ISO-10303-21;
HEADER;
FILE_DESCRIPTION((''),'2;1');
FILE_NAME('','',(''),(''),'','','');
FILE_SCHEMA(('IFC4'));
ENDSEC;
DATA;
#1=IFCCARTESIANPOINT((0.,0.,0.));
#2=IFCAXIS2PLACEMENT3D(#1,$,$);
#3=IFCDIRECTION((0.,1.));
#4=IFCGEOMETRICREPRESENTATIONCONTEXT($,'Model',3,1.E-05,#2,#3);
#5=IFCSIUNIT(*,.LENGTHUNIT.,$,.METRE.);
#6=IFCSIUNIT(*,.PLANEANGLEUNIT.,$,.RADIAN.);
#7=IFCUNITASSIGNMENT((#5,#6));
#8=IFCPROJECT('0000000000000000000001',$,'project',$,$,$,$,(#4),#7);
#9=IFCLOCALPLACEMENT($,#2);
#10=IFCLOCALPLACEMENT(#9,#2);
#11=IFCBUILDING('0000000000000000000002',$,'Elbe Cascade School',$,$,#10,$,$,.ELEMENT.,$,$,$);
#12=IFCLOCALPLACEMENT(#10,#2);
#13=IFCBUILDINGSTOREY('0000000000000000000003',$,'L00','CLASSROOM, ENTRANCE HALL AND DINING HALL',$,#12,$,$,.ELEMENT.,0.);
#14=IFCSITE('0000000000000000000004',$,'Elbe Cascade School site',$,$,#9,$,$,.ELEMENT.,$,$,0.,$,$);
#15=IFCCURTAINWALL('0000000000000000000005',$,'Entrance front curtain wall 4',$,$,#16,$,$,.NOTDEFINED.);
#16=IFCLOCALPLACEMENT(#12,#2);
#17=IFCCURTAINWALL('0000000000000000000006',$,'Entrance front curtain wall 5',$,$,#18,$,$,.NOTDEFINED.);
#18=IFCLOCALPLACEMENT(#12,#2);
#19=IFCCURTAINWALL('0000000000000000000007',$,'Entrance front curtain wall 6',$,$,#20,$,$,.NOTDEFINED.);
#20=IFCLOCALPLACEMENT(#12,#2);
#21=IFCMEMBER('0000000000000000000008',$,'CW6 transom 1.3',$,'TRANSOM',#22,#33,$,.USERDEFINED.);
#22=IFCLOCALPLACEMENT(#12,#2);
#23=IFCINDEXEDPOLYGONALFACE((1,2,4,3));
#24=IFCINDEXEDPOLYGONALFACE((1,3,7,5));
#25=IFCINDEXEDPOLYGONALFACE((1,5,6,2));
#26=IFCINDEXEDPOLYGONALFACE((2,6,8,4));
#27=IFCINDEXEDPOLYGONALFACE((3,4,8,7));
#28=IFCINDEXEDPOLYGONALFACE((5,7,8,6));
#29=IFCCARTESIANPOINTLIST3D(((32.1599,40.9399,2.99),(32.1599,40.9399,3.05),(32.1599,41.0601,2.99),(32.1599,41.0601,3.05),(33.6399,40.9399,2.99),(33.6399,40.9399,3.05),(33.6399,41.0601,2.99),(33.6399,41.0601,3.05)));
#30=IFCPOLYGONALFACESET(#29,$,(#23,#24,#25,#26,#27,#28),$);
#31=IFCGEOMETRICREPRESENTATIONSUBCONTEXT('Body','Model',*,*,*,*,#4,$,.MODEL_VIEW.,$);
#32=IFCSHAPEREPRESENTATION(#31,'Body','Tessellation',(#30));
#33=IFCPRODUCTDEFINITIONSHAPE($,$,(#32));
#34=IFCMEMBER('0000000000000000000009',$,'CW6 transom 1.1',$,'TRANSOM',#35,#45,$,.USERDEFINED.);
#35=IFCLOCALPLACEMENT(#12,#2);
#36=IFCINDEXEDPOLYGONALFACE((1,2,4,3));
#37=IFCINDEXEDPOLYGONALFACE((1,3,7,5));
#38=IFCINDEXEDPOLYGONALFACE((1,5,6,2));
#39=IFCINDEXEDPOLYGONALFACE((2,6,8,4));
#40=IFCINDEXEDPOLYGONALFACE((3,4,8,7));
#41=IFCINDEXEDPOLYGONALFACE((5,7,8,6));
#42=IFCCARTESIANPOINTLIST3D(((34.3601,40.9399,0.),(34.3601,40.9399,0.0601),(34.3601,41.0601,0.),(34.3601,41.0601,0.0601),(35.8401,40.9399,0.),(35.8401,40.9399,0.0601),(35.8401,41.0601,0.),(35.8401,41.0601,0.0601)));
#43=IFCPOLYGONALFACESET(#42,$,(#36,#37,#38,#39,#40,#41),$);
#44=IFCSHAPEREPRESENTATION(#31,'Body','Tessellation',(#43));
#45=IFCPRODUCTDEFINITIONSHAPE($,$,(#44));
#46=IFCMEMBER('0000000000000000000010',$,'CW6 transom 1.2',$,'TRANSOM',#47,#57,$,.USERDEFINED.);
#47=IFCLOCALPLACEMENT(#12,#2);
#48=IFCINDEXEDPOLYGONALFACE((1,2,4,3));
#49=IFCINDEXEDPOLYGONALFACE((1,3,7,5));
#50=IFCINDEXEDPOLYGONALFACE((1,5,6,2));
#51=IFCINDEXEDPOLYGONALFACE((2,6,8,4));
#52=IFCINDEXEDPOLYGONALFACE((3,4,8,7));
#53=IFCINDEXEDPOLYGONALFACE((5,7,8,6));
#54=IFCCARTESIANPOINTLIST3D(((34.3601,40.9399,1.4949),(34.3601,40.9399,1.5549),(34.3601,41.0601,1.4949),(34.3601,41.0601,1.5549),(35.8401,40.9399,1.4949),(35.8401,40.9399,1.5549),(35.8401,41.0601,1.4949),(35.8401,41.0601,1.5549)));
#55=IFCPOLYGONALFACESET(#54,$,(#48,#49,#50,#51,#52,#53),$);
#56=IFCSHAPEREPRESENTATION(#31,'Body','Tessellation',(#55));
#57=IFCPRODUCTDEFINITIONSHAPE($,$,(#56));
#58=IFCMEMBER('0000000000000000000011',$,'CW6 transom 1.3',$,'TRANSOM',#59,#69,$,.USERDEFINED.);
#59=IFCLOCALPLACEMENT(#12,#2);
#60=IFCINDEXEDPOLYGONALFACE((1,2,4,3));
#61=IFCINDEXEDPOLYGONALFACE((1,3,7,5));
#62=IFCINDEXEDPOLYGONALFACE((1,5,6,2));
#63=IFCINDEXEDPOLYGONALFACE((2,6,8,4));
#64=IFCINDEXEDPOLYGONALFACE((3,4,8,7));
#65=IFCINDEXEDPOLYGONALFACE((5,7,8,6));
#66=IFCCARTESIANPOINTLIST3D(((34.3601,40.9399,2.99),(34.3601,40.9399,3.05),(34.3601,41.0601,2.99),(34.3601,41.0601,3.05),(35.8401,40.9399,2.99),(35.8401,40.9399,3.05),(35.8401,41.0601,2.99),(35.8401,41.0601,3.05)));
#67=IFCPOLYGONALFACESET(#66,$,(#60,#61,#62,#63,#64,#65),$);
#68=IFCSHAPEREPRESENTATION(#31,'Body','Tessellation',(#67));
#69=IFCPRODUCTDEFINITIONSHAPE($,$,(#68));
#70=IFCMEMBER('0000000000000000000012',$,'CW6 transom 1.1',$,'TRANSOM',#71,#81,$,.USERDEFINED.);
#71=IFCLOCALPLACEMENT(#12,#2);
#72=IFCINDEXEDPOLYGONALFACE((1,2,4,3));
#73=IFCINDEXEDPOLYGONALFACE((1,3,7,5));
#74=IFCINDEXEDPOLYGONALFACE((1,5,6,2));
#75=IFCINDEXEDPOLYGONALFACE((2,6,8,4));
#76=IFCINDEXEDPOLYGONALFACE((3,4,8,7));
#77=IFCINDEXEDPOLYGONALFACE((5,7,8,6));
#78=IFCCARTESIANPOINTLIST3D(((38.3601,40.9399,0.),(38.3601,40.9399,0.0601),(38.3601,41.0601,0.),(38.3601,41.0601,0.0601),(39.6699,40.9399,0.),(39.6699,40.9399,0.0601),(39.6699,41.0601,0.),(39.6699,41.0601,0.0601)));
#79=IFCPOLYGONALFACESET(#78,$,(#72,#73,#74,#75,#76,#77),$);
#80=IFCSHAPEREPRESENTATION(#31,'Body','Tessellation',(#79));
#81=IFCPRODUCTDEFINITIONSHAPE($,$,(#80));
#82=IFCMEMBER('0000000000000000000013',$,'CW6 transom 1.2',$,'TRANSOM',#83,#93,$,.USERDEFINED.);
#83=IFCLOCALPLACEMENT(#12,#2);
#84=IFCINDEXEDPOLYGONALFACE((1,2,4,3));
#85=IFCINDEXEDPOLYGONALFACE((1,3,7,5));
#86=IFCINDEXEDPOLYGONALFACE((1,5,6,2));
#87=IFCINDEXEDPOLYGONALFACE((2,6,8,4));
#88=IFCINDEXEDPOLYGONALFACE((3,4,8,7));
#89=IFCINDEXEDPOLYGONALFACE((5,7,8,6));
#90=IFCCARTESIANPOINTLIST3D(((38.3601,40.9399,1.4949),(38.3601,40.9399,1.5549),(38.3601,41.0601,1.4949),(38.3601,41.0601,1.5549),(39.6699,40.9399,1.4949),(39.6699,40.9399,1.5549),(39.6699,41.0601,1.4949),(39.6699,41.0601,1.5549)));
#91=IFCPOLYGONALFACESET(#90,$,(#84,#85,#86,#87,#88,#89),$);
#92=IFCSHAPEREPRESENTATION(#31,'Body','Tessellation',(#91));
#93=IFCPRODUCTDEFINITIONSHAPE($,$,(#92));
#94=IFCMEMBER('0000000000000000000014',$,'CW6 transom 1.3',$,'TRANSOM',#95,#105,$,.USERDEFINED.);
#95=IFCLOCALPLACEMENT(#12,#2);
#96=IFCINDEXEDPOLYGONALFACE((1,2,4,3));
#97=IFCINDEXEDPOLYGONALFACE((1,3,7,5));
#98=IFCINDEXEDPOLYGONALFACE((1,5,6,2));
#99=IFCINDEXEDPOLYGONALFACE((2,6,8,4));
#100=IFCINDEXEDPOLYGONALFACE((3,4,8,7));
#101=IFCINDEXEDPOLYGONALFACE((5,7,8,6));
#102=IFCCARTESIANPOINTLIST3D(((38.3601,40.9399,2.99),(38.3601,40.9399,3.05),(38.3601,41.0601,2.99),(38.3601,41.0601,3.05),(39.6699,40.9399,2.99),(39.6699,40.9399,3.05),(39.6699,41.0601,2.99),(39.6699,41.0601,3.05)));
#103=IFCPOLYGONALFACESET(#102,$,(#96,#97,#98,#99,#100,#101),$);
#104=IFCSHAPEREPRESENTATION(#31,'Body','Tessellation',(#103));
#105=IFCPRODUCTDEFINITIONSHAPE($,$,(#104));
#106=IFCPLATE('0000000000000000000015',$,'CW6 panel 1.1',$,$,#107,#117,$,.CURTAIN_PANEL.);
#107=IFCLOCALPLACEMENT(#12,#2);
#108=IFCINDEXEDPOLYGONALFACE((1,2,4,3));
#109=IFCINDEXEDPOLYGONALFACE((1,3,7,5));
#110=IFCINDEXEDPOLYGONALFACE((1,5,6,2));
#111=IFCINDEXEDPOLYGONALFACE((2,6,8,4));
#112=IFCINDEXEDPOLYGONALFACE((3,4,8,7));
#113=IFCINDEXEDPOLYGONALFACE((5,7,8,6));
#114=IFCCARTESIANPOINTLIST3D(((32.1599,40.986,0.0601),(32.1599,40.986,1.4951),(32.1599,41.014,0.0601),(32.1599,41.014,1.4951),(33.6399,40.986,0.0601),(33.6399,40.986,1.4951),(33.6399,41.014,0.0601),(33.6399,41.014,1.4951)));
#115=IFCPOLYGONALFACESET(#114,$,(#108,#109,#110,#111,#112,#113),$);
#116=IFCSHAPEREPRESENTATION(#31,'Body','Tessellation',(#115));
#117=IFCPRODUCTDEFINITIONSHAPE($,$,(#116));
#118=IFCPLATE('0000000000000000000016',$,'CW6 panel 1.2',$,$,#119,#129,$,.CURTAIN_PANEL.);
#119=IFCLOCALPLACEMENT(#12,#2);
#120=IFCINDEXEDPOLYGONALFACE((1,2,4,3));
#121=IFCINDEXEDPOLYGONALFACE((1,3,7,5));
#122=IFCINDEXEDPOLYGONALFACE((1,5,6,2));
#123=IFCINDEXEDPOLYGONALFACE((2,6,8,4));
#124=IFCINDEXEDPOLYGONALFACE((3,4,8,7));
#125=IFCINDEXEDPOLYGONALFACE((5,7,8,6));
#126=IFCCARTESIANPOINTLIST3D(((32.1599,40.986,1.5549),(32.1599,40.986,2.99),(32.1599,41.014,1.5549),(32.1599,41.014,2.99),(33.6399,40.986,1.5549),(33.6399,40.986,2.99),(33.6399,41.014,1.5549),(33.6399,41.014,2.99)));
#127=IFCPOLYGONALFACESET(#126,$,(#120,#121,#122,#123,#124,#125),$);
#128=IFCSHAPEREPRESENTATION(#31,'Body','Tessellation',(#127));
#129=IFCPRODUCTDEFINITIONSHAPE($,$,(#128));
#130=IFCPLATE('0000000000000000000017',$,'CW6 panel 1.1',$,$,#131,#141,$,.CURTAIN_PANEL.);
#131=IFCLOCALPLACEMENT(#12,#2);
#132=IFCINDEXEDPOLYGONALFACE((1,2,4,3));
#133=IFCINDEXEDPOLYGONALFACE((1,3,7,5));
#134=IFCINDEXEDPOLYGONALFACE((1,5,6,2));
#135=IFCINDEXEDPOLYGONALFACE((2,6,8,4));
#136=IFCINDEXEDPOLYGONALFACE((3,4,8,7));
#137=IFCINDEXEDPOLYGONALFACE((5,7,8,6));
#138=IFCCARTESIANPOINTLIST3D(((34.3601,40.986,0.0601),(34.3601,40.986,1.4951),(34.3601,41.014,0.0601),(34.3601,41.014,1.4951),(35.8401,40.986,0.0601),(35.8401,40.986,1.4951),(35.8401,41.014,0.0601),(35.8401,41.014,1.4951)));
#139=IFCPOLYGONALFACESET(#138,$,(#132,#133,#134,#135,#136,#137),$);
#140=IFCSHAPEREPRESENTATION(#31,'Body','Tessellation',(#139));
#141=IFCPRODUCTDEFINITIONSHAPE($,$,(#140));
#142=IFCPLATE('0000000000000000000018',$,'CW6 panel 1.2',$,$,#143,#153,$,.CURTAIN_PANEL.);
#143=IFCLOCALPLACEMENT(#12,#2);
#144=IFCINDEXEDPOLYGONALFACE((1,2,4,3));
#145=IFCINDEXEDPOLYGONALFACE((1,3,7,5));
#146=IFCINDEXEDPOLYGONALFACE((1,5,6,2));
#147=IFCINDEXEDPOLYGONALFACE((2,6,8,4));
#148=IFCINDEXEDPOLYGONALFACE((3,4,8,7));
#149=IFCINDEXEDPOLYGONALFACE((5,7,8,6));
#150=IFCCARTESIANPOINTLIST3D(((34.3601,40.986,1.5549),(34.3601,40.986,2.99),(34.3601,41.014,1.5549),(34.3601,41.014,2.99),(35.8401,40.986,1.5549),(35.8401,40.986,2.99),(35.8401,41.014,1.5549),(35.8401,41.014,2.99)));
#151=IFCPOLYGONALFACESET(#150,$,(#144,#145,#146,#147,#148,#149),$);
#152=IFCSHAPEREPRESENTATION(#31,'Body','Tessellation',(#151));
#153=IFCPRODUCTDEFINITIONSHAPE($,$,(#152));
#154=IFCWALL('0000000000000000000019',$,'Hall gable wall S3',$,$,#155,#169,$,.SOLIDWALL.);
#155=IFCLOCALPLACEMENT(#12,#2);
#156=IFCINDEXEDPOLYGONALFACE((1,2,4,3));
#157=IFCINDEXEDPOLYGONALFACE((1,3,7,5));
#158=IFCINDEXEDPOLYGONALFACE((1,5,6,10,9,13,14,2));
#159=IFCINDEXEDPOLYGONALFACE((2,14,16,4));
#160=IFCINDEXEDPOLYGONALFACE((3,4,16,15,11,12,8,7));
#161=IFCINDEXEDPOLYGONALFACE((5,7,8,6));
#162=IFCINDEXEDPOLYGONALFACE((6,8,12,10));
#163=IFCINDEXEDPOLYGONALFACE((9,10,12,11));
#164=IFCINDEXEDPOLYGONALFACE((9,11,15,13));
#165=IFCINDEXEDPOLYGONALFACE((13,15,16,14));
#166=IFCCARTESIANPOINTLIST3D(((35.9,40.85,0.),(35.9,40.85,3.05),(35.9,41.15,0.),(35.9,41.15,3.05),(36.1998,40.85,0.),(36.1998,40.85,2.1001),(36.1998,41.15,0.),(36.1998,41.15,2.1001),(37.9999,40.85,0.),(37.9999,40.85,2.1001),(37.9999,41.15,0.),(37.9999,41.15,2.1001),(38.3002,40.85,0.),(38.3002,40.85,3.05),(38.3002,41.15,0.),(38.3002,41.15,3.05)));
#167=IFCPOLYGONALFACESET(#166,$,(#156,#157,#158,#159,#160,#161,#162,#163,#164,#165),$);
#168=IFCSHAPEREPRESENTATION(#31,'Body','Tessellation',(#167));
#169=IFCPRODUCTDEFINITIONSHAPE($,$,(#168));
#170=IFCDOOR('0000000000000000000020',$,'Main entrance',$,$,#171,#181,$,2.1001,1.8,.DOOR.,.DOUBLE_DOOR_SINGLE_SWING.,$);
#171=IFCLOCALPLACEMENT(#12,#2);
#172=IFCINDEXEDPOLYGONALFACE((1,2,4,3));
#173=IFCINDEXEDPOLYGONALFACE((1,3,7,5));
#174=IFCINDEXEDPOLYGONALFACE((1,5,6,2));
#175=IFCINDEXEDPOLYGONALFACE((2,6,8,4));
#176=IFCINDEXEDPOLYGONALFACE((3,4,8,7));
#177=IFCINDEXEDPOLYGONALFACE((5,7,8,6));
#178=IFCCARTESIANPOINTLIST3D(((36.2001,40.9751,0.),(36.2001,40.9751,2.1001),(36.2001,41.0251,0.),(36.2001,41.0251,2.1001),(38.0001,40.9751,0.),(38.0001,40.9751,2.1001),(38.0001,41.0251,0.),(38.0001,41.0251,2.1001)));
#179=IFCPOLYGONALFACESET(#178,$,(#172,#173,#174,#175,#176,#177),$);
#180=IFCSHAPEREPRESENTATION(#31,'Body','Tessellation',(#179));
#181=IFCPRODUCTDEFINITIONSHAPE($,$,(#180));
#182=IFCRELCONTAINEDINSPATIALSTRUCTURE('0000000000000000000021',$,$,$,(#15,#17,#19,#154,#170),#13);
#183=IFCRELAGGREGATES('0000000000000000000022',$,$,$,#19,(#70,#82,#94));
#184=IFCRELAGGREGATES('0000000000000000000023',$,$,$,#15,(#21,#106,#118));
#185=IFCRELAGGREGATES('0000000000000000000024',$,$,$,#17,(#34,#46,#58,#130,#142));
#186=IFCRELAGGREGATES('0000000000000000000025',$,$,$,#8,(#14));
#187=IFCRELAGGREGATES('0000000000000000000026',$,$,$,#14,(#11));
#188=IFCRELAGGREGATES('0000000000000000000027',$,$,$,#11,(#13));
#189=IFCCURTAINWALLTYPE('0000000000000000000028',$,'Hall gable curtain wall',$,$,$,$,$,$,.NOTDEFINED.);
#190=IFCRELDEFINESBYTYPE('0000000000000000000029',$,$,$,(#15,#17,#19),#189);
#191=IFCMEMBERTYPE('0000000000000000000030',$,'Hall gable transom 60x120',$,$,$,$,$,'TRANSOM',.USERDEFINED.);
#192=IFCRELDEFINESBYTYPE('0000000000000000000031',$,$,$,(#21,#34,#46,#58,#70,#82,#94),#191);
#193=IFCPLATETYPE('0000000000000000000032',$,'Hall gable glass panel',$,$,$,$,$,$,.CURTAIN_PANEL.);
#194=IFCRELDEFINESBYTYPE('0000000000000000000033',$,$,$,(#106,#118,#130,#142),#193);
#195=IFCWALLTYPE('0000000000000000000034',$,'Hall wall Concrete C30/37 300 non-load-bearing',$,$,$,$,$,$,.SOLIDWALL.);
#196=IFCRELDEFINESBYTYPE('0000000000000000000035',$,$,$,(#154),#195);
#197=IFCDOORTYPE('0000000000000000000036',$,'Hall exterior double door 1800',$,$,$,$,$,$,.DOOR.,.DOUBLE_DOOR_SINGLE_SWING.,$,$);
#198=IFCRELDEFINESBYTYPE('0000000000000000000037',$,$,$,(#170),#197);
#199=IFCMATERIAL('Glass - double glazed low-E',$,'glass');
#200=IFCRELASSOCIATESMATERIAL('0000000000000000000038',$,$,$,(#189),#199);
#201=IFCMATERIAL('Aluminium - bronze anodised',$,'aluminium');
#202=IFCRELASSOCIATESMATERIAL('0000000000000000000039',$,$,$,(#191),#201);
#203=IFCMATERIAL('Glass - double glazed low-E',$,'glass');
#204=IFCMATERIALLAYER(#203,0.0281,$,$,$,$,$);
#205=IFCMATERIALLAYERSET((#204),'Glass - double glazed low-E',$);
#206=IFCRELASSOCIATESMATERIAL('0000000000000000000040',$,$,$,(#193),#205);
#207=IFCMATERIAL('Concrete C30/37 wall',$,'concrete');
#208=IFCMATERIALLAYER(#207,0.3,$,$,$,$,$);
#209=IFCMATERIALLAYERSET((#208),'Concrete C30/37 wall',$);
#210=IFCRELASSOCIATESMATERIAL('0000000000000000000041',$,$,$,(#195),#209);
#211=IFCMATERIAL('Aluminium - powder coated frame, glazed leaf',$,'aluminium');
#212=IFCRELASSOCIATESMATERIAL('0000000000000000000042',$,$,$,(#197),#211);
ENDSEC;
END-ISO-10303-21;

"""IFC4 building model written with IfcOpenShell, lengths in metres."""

from ifc_helpers import new_model, si_unit, direction, frame, frame_2d, origin, origin_2d, place, context, subcontext, project, spatial, rectangle, extrude, material, layer, layer_set, material_profile, profile_set, type_object, element, fill, aggregate, save


model = new_model("IFC4")

# Units and contexts
model_context = context("Model", 3, precision=1e-05, world=origin(), true_north=direction((0.0, 1.0)))
body_context = subcontext(model_context, "Body", "Model", "MODEL_VIEW")
ifc_project = project(units=[si_unit("LENGTHUNIT", "METRE"), si_unit("PLANEANGLEUNIT", "RADIAN")], contexts=[model_context])

# Site, building, storey
site_placement = place(None, origin())
site = spatial("IfcSite", under=ifc_project, at=site_placement, Name="Elbe Cascade School site", CompositionType="ELEMENT", RefElevation=0.0)
building_placement = place(site_placement, origin())
building = spatial("IfcBuilding", under=site, at=building_placement, Name="Elbe Cascade School", CompositionType="ELEMENT")
storey_placement = place(building_placement, origin())
storey = spatial("IfcBuildingStorey", under=building, at=storey_placement, Name="L00", Description="CLASSROOM, ENTRANCE HALL AND DINING HALL", CompositionType="ELEMENT", Elevation=0.0)

# Curtain wall
ifc_material_1 = material(Name="Glass - double glazed low-E", Category="glass")
curtain_wall_type = type_object("IfcCurtainWallType", Name="Hall gable curtain wall", PredefinedType="NOTDEFINED", material=ifc_material_1)
curtain_wall_1_placement = place(storey_placement, origin())
curtain_wall_1 = element("IfcCurtainWall", 1, at=curtain_wall_1_placement, inside=storey, type_object=curtain_wall_type, Name="Entrance front curtain wall 4", PredefinedType="NOTDEFINED")

# Curtain wall
curtain_wall_2_placement = place(storey_placement, origin())
curtain_wall_2 = element("IfcCurtainWall", 2, at=curtain_wall_2_placement, inside=storey, type_object=curtain_wall_type, Name="Entrance front curtain wall 5", PredefinedType="NOTDEFINED")

# Curtain wall
curtain_wall_3_placement = place(storey_placement, origin())
curtain_wall_3 = element("IfcCurtainWall", 3, at=curtain_wall_3_placement, inside=storey, type_object=curtain_wall_type, Name="Entrance front curtain wall 6", PredefinedType="NOTDEFINED")

# Members
ifc_material_2 = material(Name="Aluminium - bronze anodised", Category="aluminium")
ifc_material_profile_1 = material_profile(ifc_material_2, rectangle(XDim=0.1201, YDim=0.0601, at=origin_2d()), Name="Alu 60x120")
ifc_profile_set_1 = profile_set([ifc_material_profile_1], Name="Aluminium - bronze anodised")
member_type_1 = type_object("IfcMemberType", Name="Hall gable transom 60x120", ElementType="TRANSOM", PredefinedType="USERDEFINED", material=ifc_profile_set_1)
member_1_placement = place(storey_placement, frame((32.1599, 41.0, 3.02), z_axis=(1.0, 0.0, 0.0), x_axis=(0.0, 1.0, 0.0)))
member_1 = element("IfcMember", 4, at=member_1_placement, type_object=member_type_1, Name="CW6 transom 1.3", ObjectType="TRANSOM", PredefinedType="USERDEFINED", context=body_context, shape_type="SweptSolid", body=[
    extrude(rectangle(XDim=0.1201, YDim=0.0601, at=origin_2d()), origin(), (0.0, 0.0, 1.0), 1.48),
])
member_2_placement = place(storey_placement, frame((34.3601, 41.0, 0.03), z_axis=(1.0, 0.0, 0.0), x_axis=(0.0, 1.0, 0.0)))
member_2 = element("IfcMember", 5, at=member_2_placement, type_object=member_type_1, Name="CW6 transom 1.1", ObjectType="TRANSOM", PredefinedType="USERDEFINED", context=body_context, shape_type="SweptSolid", body=[
    extrude(rectangle(XDim=0.1201, YDim=0.0601, at=origin_2d()), origin(), (0.0, 0.0, 1.0), 1.48),
])
member_3_placement = place(storey_placement, frame((34.3601, 41.0, 1.5249), z_axis=(1.0, 0.0, 0.0), x_axis=(0.0, 1.0, 0.0)))
member_3 = element("IfcMember", 6, at=member_3_placement, type_object=member_type_1, Name="CW6 transom 1.2", ObjectType="TRANSOM", PredefinedType="USERDEFINED", context=body_context, shape_type="SweptSolid", body=[
    extrude(rectangle(XDim=0.1201, YDim=0.0601, at=origin_2d()), origin(), (0.0, 0.0, 1.0), 1.48),
])
member_4_placement = place(storey_placement, frame((34.3601, 41.0, 3.02), z_axis=(1.0, 0.0, 0.0), x_axis=(0.0, 1.0, 0.0)))
member_4 = element("IfcMember", 7, at=member_4_placement, type_object=member_type_1, Name="CW6 transom 1.3", ObjectType="TRANSOM", PredefinedType="USERDEFINED", context=body_context, shape_type="SweptSolid", body=[
    extrude(rectangle(XDim=0.1201, YDim=0.0601, at=origin_2d()), origin(), (0.0, 0.0, 1.0), 1.48),
])
member_5_placement = place(storey_placement, frame((38.3601, 41.0, 0.03), z_axis=(1.0, 0.0, 0.0), x_axis=(0.0, 1.0, 0.0)))
member_5 = element("IfcMember", 8, at=member_5_placement, type_object=member_type_1, Name="CW6 transom 1.1", ObjectType="TRANSOM", PredefinedType="USERDEFINED", context=body_context, shape_type="SweptSolid", body=[
    extrude(rectangle(XDim=0.1201, YDim=0.0601, at=origin_2d()), origin(), (0.0, 0.0, 1.0), 1.3098),
])
member_6_placement = place(storey_placement, frame((38.3601, 41.0, 1.5249), z_axis=(1.0, 0.0, 0.0), x_axis=(0.0, 1.0, 0.0)))
member_6 = element("IfcMember", 9, at=member_6_placement, type_object=member_type_1, Name="CW6 transom 1.2", ObjectType="TRANSOM", PredefinedType="USERDEFINED", context=body_context, shape_type="SweptSolid", body=[
    extrude(rectangle(XDim=0.1201, YDim=0.0601, at=origin_2d()), origin(), (0.0, 0.0, 1.0), 1.3098),
])
member_7_placement = place(storey_placement, frame((38.3601, 41.0, 3.02), z_axis=(1.0, 0.0, 0.0), x_axis=(0.0, 1.0, 0.0)))
member_7 = element("IfcMember", 10, at=member_7_placement, type_object=member_type_1, Name="CW6 transom 1.3", ObjectType="TRANSOM", PredefinedType="USERDEFINED", context=body_context, shape_type="SweptSolid", body=[
    extrude(rectangle(XDim=0.1201, YDim=0.0601, at=origin_2d()), origin(), (0.0, 0.0, 1.0), 1.3098),
])
aggregate(curtain_wall_3, [member_5, member_6, member_7])

# Plates
ifc_material_3 = material(Name="Glass - double glazed low-E", Category="glass")
ifc_layer_1 = layer(ifc_material_3, 0.0281)
ifc_layer_set_1 = layer_set([ifc_layer_1], Name="Glass - double glazed low-E")
plate_type = type_object("IfcPlateType", Name="Hall gable glass panel", PredefinedType="CURTAIN_PANEL", material=ifc_layer_set_1)
plate_1_placement = place(storey_placement, frame((32.8999, 41.0, 0.0601), z_axis=(0.0, 0.0, 1.0), x_axis=(1.0, 0.0, 0.0)))
plate_1 = element("IfcPlate", 11, at=plate_1_placement, type_object=plate_type, Name="CW6 panel 1.1", PredefinedType="CURTAIN_PANEL", context=body_context, shape_type="SweptSolid", body=[
    extrude(rectangle(XDim=1.48, YDim=0.0281, at=origin_2d()), origin(), (0.0, 0.0, 1.0), 1.4351),
])
plate_2_placement = place(storey_placement, frame((32.8999, 41.0, 1.5549), z_axis=(0.0, 0.0, 1.0), x_axis=(1.0, 0.0, 0.0)))
plate_2 = element("IfcPlate", 12, at=plate_2_placement, type_object=plate_type, Name="CW6 panel 1.2", PredefinedType="CURTAIN_PANEL", context=body_context, shape_type="SweptSolid", body=[
    extrude(rectangle(XDim=1.48, YDim=0.0281, at=origin_2d()), origin(), (0.0, 0.0, 1.0), 1.4351),
])
aggregate(curtain_wall_1, [member_1, plate_1, plate_2])
plate_3_placement = place(storey_placement, frame((35.1001, 41.0, 0.0601), z_axis=(0.0, 0.0, 1.0), x_axis=(1.0, 0.0, 0.0)))
plate_3 = element("IfcPlate", 13, at=plate_3_placement, type_object=plate_type, Name="CW6 panel 1.1", PredefinedType="CURTAIN_PANEL", context=body_context, shape_type="SweptSolid", body=[
    extrude(rectangle(XDim=1.48, YDim=0.0281, at=origin_2d()), origin(), (0.0, 0.0, 1.0), 1.4351),
])
plate_4_placement = place(storey_placement, frame((35.1001, 41.0, 1.5549), z_axis=(0.0, 0.0, 1.0), x_axis=(1.0, 0.0, 0.0)))
plate_4 = element("IfcPlate", 14, at=plate_4_placement, type_object=plate_type, Name="CW6 panel 1.2", PredefinedType="CURTAIN_PANEL", context=body_context, shape_type="SweptSolid", body=[
    extrude(rectangle(XDim=1.48, YDim=0.0281, at=origin_2d()), origin(), (0.0, 0.0, 1.0), 1.4351),
])
aggregate(curtain_wall_2, [member_2, member_3, member_4, plate_3, plate_4])

# Wall, opening, door
ifc_material_4 = material(Name="Concrete C30/37 wall", Category="concrete")
ifc_layer_2 = layer(ifc_material_4, 0.3)
ifc_layer_set_2 = layer_set([ifc_layer_2], Name="Concrete C30/37 wall")
wall_type = type_object("IfcWallType", Name="Hall wall Concrete C30/37 300 non-load-bearing", PredefinedType="SOLIDWALL", material=ifc_layer_set_2)
wall_placement = place(storey_placement, frame((35.8999, 41.0, 0.0), z_axis=(0.0, 0.0, 1.0), x_axis=(1.0, 0.0, 0.0)))
wall = element("IfcWall", 15, at=wall_placement, inside=storey, type_object=wall_type, Name="Hall gable wall S3", PredefinedType="SOLIDWALL", context=body_context, shape_type="SweptSolid", body=[
    extrude(rectangle(XDim=2.4001, YDim=0.3, at=frame_2d((1.2002, 0.0))), origin(), (0.0, 0.0, 1.0), 3.05),
])
opening_placement = place(wall_placement, frame((0.3, 0.0, 0.0)))
opening = element("IfcOpeningElement", 16, at=opening_placement, cuts=wall, PredefinedType="OPENING", context=body_context, shape_type="SweptSolid", body=[
    extrude(rectangle(XDim=1.8, YDim=2.1001, at=frame_2d((0.8999, 1.05))), frame((0.0, 0.1599, 0.0), z_axis=(0.0, -1.0, 0.0), x_axis=(1.0, 0.0, 0.0)), (0.0, 0.0, 1.0), 0.3201),
])
ifc_material_5 = material(Name="Aluminium - powder coated frame, glazed leaf", Category="aluminium")
door_type = type_object("IfcDoorType", Name="Hall exterior double door 1800", OperationType="DOUBLE_DOOR_SINGLE_SWING", PredefinedType="DOOR", material=ifc_material_5)
door_placement = place(opening_placement, frame((1.8, 0.0, 0.0), z_axis=(0.0, 0.0, 1.0), x_axis=(-1.0, 0.0, 0.0)))
door = element("IfcDoor", 17, at=door_placement, inside=storey, type_object=door_type, Name="Main entrance", OperationType="DOUBLE_DOOR_SINGLE_SWING", OverallHeight=2.1001, OverallWidth=1.8, PredefinedType="DOOR", context=body_context, shape_type="SweptSolid", body=[
    extrude(rectangle(XDim=1.8, YDim=2.1001, at=frame_2d((0.8999, 1.05))), frame((0.0, 0.0249, 0.0), z_axis=(0.0, -1.0, 0.0), x_axis=(1.0, 0.0, 0.0)), (0.0, 0.0, 1.0), 0.05),
])
fill(opening, door)

save(model, "model.ifc")
